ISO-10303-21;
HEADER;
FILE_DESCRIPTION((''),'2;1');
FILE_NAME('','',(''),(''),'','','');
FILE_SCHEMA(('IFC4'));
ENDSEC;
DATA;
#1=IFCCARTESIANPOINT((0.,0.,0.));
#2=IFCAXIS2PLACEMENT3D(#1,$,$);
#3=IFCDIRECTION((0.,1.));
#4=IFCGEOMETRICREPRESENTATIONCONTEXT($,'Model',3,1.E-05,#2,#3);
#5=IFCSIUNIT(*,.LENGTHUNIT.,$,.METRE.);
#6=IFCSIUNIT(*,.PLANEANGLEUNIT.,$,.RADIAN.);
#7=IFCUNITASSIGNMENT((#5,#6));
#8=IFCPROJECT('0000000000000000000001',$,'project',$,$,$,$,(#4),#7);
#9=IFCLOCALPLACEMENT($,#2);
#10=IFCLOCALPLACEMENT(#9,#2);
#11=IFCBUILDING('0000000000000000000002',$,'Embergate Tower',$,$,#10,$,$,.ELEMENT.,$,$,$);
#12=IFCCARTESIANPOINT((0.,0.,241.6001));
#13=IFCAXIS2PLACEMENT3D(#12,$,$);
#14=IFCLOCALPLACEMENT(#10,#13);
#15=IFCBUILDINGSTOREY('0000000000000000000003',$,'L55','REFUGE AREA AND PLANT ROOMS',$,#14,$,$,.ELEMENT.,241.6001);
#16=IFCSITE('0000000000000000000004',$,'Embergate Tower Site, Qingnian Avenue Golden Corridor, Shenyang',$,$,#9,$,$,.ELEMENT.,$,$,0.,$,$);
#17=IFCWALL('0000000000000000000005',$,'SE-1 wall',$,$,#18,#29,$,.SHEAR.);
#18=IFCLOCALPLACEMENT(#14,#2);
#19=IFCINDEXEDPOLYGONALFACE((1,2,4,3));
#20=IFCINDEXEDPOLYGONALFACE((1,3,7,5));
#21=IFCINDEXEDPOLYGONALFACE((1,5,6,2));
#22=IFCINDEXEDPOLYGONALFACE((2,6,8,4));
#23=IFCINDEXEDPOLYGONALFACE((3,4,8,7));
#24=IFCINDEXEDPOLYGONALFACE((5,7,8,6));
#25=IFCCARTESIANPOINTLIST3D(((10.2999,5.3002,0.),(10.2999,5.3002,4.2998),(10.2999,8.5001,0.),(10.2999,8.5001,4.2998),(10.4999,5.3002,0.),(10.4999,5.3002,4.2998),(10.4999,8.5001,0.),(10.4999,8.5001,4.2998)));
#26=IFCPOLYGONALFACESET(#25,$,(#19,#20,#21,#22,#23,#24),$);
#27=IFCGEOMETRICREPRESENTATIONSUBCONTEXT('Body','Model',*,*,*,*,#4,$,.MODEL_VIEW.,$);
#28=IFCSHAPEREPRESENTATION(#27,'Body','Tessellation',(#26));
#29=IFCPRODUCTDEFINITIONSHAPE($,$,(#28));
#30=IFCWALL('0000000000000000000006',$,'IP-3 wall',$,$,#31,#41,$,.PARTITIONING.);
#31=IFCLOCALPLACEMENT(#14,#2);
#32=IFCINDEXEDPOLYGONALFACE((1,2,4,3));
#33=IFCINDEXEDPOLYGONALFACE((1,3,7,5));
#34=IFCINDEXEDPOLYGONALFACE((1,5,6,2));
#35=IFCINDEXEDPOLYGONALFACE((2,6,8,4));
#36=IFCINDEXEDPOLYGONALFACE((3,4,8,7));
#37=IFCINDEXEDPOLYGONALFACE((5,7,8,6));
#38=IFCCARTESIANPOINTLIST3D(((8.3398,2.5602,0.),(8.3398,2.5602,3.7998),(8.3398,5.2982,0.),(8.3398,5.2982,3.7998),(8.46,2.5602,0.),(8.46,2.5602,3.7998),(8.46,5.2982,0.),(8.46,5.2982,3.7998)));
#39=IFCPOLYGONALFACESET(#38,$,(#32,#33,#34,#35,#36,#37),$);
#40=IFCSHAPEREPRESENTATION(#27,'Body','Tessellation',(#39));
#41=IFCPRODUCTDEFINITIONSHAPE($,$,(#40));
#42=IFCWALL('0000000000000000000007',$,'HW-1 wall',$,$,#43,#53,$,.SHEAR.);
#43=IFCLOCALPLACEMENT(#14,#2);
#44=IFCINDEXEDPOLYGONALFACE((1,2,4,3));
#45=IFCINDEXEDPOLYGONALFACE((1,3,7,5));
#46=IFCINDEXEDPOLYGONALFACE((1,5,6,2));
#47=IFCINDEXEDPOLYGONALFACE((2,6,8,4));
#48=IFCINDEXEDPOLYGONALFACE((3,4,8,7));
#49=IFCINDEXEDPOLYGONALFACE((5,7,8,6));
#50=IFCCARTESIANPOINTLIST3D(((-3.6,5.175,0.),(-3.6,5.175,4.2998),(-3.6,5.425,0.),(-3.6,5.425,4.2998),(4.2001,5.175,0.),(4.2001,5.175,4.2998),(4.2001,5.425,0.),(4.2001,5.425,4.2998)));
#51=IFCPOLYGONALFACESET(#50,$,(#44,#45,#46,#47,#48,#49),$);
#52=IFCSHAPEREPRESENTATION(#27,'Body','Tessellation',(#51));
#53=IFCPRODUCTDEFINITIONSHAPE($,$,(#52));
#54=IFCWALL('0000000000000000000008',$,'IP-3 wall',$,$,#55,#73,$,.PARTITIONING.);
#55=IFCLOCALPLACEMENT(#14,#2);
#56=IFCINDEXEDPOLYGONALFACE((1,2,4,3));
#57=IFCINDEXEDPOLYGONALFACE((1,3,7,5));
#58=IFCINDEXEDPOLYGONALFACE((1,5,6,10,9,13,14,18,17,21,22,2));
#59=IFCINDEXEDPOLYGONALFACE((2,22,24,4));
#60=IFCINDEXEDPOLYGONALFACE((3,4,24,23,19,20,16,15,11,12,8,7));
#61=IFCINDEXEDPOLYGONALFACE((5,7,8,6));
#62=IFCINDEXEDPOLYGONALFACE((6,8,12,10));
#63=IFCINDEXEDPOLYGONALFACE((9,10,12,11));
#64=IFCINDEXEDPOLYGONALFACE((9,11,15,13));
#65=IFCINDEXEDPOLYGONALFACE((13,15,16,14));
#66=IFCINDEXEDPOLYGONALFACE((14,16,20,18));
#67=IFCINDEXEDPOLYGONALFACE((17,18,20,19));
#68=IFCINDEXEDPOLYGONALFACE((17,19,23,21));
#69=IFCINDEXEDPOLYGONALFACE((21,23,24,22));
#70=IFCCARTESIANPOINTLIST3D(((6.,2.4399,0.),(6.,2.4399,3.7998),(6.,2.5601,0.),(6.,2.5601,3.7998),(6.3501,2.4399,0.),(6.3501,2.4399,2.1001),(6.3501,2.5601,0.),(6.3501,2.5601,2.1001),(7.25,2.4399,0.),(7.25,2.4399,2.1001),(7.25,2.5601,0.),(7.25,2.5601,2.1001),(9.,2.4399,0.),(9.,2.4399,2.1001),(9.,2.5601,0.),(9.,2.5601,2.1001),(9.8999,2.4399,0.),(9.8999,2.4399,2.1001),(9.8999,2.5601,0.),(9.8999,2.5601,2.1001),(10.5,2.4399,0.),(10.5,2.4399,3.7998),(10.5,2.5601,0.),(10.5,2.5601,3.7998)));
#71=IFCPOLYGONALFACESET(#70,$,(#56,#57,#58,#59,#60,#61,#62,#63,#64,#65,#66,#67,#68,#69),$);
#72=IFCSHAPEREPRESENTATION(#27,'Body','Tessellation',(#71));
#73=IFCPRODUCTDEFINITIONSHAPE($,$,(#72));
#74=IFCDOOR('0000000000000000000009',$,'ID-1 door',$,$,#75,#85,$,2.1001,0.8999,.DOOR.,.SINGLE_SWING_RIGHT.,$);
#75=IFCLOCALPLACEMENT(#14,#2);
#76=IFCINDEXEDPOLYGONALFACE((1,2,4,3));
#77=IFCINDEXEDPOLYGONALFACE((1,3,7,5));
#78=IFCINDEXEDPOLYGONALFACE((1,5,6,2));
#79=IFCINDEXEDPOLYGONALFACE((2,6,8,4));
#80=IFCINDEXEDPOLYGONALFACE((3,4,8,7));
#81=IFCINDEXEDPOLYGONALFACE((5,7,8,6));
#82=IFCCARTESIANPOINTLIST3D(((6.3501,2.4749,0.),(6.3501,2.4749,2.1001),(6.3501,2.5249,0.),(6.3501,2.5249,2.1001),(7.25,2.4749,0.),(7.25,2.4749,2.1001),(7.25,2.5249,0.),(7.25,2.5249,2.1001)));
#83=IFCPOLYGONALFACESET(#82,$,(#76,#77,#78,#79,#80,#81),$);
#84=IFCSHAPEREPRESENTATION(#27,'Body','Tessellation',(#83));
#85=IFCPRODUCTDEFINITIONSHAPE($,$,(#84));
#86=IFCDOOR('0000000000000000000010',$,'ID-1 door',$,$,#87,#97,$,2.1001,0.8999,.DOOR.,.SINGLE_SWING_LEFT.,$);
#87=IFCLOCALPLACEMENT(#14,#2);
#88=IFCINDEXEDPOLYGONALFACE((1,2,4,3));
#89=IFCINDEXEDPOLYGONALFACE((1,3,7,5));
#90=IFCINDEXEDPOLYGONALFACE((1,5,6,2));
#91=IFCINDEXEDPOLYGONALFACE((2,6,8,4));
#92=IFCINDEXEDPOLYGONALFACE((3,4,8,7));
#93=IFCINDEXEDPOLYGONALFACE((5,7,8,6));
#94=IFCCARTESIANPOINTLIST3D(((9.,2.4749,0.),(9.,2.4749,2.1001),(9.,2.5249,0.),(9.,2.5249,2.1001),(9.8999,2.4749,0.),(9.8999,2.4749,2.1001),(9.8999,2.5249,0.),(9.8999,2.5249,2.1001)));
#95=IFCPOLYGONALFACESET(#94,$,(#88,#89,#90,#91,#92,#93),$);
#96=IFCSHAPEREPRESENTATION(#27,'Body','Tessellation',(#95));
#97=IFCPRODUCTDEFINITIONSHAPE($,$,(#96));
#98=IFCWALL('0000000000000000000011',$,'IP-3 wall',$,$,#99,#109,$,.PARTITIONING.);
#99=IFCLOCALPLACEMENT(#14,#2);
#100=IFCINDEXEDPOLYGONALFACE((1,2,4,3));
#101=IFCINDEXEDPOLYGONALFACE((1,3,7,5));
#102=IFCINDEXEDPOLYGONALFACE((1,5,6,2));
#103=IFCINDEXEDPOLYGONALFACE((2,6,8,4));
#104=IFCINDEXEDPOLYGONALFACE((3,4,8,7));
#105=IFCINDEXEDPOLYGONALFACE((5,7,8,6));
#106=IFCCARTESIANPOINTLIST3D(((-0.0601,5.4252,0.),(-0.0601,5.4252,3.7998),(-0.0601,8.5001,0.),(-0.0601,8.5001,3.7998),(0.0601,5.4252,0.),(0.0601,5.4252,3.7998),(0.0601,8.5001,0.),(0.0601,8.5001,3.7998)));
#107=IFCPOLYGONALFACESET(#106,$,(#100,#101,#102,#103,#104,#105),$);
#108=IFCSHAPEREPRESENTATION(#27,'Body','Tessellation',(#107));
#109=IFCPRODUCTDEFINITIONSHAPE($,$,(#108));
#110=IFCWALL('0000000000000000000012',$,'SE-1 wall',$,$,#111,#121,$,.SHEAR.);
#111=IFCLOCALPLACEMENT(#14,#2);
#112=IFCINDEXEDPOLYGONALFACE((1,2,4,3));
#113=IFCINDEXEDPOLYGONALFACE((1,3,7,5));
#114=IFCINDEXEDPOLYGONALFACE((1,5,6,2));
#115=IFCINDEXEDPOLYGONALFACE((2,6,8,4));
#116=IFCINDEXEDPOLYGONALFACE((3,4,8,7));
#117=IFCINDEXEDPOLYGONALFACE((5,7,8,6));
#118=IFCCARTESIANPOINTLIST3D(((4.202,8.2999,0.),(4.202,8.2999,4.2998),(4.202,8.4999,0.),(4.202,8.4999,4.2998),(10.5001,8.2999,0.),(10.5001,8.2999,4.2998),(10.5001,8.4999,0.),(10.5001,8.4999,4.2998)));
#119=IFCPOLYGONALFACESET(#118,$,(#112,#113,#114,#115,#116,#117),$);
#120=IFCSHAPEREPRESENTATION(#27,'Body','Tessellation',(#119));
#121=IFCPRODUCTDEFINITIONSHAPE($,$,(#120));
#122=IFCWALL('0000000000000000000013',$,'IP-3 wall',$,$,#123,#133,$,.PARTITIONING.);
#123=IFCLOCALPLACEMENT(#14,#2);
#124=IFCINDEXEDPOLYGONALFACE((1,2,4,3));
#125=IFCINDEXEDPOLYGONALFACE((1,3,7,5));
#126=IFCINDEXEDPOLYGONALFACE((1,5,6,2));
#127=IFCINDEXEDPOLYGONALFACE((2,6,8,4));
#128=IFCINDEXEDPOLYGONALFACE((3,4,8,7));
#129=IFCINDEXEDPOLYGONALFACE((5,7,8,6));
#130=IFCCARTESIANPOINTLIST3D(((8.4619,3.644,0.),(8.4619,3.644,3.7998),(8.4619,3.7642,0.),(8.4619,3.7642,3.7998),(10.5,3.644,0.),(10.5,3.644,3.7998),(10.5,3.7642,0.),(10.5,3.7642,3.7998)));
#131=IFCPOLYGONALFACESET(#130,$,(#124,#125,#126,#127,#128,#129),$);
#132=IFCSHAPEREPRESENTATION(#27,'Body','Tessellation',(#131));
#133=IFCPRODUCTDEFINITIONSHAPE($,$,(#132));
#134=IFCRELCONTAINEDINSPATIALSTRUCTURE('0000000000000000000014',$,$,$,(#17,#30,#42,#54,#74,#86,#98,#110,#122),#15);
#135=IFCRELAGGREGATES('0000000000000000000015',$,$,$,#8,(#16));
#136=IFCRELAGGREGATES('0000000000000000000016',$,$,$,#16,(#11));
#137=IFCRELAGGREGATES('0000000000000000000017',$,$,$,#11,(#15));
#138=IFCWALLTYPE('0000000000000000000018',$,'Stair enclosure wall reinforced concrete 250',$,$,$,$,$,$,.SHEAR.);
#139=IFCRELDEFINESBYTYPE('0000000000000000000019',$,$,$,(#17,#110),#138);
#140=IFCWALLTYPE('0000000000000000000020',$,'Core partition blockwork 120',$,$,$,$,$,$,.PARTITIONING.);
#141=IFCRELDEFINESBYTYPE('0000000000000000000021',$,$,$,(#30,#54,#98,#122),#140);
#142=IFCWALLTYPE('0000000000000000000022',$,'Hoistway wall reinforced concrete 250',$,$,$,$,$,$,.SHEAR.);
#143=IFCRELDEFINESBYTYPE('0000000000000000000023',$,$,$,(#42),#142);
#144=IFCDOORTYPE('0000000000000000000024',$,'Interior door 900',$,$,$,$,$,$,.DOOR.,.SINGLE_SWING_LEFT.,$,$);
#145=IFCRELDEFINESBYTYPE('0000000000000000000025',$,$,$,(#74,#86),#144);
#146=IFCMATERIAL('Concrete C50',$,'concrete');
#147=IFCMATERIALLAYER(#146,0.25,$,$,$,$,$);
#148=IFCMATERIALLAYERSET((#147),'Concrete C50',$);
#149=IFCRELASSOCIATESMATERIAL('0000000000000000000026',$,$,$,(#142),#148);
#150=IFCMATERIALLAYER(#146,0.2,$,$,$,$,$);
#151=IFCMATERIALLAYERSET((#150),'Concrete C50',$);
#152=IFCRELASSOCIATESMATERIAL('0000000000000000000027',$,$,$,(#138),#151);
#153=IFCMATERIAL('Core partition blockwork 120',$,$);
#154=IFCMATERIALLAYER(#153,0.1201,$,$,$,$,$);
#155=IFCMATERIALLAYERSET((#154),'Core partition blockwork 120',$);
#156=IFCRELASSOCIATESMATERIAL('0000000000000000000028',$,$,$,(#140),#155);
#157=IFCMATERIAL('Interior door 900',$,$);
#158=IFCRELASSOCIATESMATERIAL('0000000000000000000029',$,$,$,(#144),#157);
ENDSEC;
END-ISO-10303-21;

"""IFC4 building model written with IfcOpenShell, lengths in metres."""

from ifc_helpers import new_model, si_unit, direction, frame, frame_2d, origin, place, context, subcontext, project, spatial, rectangle, extrude, source, transform, mapped, material, layer, layer_set, type_object, element, fill, save


model = new_model("IFC4")

# Units and contexts
model_context = context("Model", 3, precision=1e-05, world=origin(), true_north=direction((0.0, 1.0)))
body_context = subcontext(model_context, "Body", "Model", "MODEL_VIEW")
ifc_project = project(units=[si_unit("LENGTHUNIT", "METRE"), si_unit("PLANEANGLEUNIT", "RADIAN")], contexts=[model_context])

# Site, building, storey
site_placement = place(None, origin())
site = spatial("IfcSite", under=ifc_project, at=site_placement, Name="Embergate Tower Site, Qingnian Avenue Golden Corridor, Shenyang", CompositionType="ELEMENT", RefElevation=0.0)
building_placement = place(site_placement, origin())
building = spatial("IfcBuilding", under=site, at=building_placement, Name="Embergate Tower", CompositionType="ELEMENT")
storey_placement = place(building_placement, frame((0.0, 0.0, 241.6001)))
storey = spatial("IfcBuildingStorey", under=building, at=storey_placement, Name="L55", Description="REFUGE AREA AND PLANT ROOMS", CompositionType="ELEMENT", Elevation=241.6001)

# Shared definitions
ifc_material_1 = material(Name="Concrete C50", Category="concrete")
ifc_layer_1 = layer(ifc_material_1, 0.25)
ifc_layer_set_1 = layer_set([ifc_layer_1], Name="Concrete C50")
wall_type_1 = type_object("IfcWallType", Name="Hoistway wall reinforced concrete 250", PredefinedType="SHEAR", material=ifc_layer_set_1)

# Shared definitions
ifc_layer_2 = layer(ifc_material_1, 0.2)
ifc_layer_set_2 = layer_set([ifc_layer_2], Name="Concrete C50")
wall_type_2 = type_object("IfcWallType", Name="Stair enclosure wall reinforced concrete 250", PredefinedType="SHEAR", material=ifc_layer_set_2)

# Shared definitions
ifc_material_2 = material(Name="Core partition blockwork 120")
ifc_layer_3 = layer(ifc_material_2, 0.1201)
ifc_layer_set_3 = layer_set([ifc_layer_3], Name="Core partition blockwork 120")
wall_type_3 = type_object("IfcWallType", Name="Core partition blockwork 120", PredefinedType="PARTITIONING", material=ifc_layer_set_3)
shared_shape_1 = source(origin(), body_context, "Body", "SweptSolid", [
    extrude(rectangle(XDim=3.2, YDim=0.2, at=frame_2d((1.6001, 0.0))), origin(), (0.0, 0.0, 1.0), 4.2998),
])

# Walls
wall_1_placement = place(storey_placement, frame((10.3999, 5.3, 0.0), z_axis=(0.0, 0.0, 1.0), x_axis=(0.0, 1.0, 0.0)))
element("IfcWall", 1, at=wall_1_placement, inside=storey, type_object=wall_type_2, Name="SE-1 wall", PredefinedType="SHEAR", context=body_context, shape_type="MappedRepresentation", body=[
    mapped(shared_shape_1, transform((0.0, 0.0, 0.0))),
])
shared_shape_2 = source(origin(), body_context, "Body", "SweptSolid", [
    extrude(rectangle(XDim=2.738, YDim=0.1201, at=frame_2d((1.3691, 0.0))), origin(), (0.0, 0.0, 1.0), 3.7998),
])
wall_2_placement = place(storey_placement, frame((8.3999, 2.5601, 0.0), z_axis=(0.0, 0.0, 1.0), x_axis=(0.0, 1.0, 0.0)))
element("IfcWall", 2, at=wall_2_placement, inside=storey, type_object=wall_type_3, Name="IP-3 wall", PredefinedType="PARTITIONING", context=body_context, shape_type="MappedRepresentation", body=[
    mapped(shared_shape_2, transform((0.0, 0.0, 0.0))),
])
shared_shape_3 = source(origin(), body_context, "Body", "SweptSolid", [
    extrude(rectangle(XDim=7.8, YDim=0.25, at=frame_2d((3.8999, 0.0))), origin(), (0.0, 0.0, 1.0), 4.2998),
])
wall_3_placement = place(storey_placement, frame((4.2, 5.3, 0.0), z_axis=(0.0, 0.0, 1.0), x_axis=(-1.0, 0.0, 0.0)))
element("IfcWall", 3, at=wall_3_placement, inside=storey, type_object=wall_type_1, Name="HW-1 wall", PredefinedType="SHEAR", context=body_context, shape_type="MappedRepresentation", body=[
    mapped(shared_shape_3, transform((0.0, 0.0, 0.0))),
])

# Wall, openings, doors
shared_shape_4 = source(origin(), body_context, "Body", "SweptSolid", [
    extrude(rectangle(XDim=4.5, YDim=0.1201, at=frame_2d((2.25, 0.0))), origin(), (0.0, 0.0, 1.0), 3.7998),
])
wall_4_placement = place(storey_placement, frame((6.0, 2.5, 0.0), z_axis=(0.0, 0.0, 1.0), x_axis=(1.0, 0.0, 0.0)))
wall_4 = element("IfcWall", 4, at=wall_4_placement, inside=storey, type_object=wall_type_3, Name="IP-3 wall", PredefinedType="PARTITIONING", context=body_context, shape_type="MappedRepresentation", body=[
    mapped(shared_shape_4, transform((0.0, 0.0, 0.0))),
])
shared_shape_5 = source(origin(), body_context, "Body", "SweptSolid", [
    extrude(rectangle(XDim=0.8999, YDim=2.1001, at=frame_2d((0.45, 1.05))), frame((0.0, 0.0701, 0.0), z_axis=(0.0, -1.0, 0.0), x_axis=(1.0, 0.0, 0.0)), (0.0, 0.0, 1.0), 0.1401),
])
opening_1_placement = place(wall_4_placement, frame((0.3501, 0.0, 0.0)))
opening_1 = element("IfcOpeningElement", 5, at=opening_1_placement, cuts=wall_4, PredefinedType="OPENING", context=body_context, shape_type="MappedRepresentation", body=[
    mapped(shared_shape_5, transform((0.0, 0.0, 0.0))),
])
opening_2_placement = place(wall_4_placement, frame((3.0, 0.0, 0.0)))
opening_2 = element("IfcOpeningElement", 6, at=opening_2_placement, cuts=wall_4, PredefinedType="OPENING", context=body_context, shape_type="MappedRepresentation", body=[
    mapped(shared_shape_5, transform((0.0, 0.0, 0.0))),
])
ifc_material_3 = material(Name="Interior door 900")
door_type_1 = type_object("IfcDoorType", Name="Interior door 900", OperationType="SINGLE_SWING_LEFT", PredefinedType="DOOR", material=ifc_material_3)
shared_shape_6 = source(origin(), body_context, "Body", "SweptSolid", [
    extrude(rectangle(XDim=0.8999, YDim=2.1001, at=frame_2d((0.45, 1.05))), frame((0.0, 0.0249, 0.0), z_axis=(0.0, -1.0, 0.0), x_axis=(1.0, 0.0, 0.0)), (0.0, 0.0, 1.0), 0.05),
])
door_1_placement = place(opening_1_placement, origin())
door_1 = element("IfcDoor", 7, at=door_1_placement, inside=storey, type_object=door_type_1, Name="ID-1 door", OperationType="SINGLE_SWING_RIGHT", OverallHeight=2.1001, OverallWidth=0.8999, PredefinedType="DOOR", context=body_context, shape_type="MappedRepresentation", body=[
    mapped(shared_shape_6, transform((0.0, 0.0, 0.0))),
])
fill(opening_1, door_1)
door_2_placement = place(opening_2_placement, origin())
door_2 = element("IfcDoor", 8, at=door_2_placement, inside=storey, type_object=door_type_1, Name="ID-1 door", OperationType="SINGLE_SWING_LEFT", OverallHeight=2.1001, OverallWidth=0.8999, PredefinedType="DOOR", context=body_context, shape_type="MappedRepresentation", body=[
    mapped(shared_shape_6, transform((0.0, 0.0, 0.0))),
])
fill(opening_2, door_2)

# Walls
shared_shape_7 = source(origin(), body_context, "Body", "SweptSolid", [
    extrude(rectangle(XDim=3.075, YDim=0.1201, at=frame_2d((1.5376, 0.0))), origin(), (0.0, 0.0, 1.0), 3.7998),
])
wall_5_placement = place(storey_placement, frame((0.0, 5.425, 0.0), z_axis=(0.0, 0.0, 1.0), x_axis=(0.0, 1.0, 0.0)))
element("IfcWall", 9, at=wall_5_placement, inside=storey, type_object=wall_type_3, Name="IP-3 wall", PredefinedType="PARTITIONING", context=body_context, shape_type="MappedRepresentation", body=[
    mapped(shared_shape_7, transform((0.0, 0.0, 0.0))),
])
shared_shape_8 = source(origin(), body_context, "Body", "SweptSolid", [
    extrude(rectangle(XDim=6.2981, YDim=0.2, at=frame_2d((3.1489, 0.0))), origin(), (0.0, 0.0, 1.0), 4.2998),
])
wall_6_placement = place(storey_placement, frame((10.5, 8.3999, 0.0), z_axis=(0.0, 0.0, 1.0), x_axis=(-1.0, 0.0, 0.0)))
element("IfcWall", 10, at=wall_6_placement, inside=storey, type_object=wall_type_2, Name="SE-1 wall", PredefinedType="SHEAR", context=body_context, shape_type="MappedRepresentation", body=[
    mapped(shared_shape_8, transform((0.0, 0.0, 0.0))),
])
shared_shape_9 = source(origin(), body_context, "Body", "SweptSolid", [
    extrude(rectangle(XDim=2.0381, YDim=0.1201, at=frame_2d((1.019, 0.0))), origin(), (0.0, 0.0, 1.0), 3.7998),
])
wall_7_placement = place(storey_placement, frame((10.5, 3.7041, 0.0), z_axis=(0.0, 0.0, 1.0), x_axis=(-1.0, 0.0, 0.0)))
element("IfcWall", 11, at=wall_7_placement, inside=storey, type_object=wall_type_3, Name="IP-3 wall", PredefinedType="PARTITIONING", context=body_context, shape_type="MappedRepresentation", body=[
    mapped(shared_shape_9, transform((0.0, 0.0, 0.0))),
])

save(model, "model.ifc")
